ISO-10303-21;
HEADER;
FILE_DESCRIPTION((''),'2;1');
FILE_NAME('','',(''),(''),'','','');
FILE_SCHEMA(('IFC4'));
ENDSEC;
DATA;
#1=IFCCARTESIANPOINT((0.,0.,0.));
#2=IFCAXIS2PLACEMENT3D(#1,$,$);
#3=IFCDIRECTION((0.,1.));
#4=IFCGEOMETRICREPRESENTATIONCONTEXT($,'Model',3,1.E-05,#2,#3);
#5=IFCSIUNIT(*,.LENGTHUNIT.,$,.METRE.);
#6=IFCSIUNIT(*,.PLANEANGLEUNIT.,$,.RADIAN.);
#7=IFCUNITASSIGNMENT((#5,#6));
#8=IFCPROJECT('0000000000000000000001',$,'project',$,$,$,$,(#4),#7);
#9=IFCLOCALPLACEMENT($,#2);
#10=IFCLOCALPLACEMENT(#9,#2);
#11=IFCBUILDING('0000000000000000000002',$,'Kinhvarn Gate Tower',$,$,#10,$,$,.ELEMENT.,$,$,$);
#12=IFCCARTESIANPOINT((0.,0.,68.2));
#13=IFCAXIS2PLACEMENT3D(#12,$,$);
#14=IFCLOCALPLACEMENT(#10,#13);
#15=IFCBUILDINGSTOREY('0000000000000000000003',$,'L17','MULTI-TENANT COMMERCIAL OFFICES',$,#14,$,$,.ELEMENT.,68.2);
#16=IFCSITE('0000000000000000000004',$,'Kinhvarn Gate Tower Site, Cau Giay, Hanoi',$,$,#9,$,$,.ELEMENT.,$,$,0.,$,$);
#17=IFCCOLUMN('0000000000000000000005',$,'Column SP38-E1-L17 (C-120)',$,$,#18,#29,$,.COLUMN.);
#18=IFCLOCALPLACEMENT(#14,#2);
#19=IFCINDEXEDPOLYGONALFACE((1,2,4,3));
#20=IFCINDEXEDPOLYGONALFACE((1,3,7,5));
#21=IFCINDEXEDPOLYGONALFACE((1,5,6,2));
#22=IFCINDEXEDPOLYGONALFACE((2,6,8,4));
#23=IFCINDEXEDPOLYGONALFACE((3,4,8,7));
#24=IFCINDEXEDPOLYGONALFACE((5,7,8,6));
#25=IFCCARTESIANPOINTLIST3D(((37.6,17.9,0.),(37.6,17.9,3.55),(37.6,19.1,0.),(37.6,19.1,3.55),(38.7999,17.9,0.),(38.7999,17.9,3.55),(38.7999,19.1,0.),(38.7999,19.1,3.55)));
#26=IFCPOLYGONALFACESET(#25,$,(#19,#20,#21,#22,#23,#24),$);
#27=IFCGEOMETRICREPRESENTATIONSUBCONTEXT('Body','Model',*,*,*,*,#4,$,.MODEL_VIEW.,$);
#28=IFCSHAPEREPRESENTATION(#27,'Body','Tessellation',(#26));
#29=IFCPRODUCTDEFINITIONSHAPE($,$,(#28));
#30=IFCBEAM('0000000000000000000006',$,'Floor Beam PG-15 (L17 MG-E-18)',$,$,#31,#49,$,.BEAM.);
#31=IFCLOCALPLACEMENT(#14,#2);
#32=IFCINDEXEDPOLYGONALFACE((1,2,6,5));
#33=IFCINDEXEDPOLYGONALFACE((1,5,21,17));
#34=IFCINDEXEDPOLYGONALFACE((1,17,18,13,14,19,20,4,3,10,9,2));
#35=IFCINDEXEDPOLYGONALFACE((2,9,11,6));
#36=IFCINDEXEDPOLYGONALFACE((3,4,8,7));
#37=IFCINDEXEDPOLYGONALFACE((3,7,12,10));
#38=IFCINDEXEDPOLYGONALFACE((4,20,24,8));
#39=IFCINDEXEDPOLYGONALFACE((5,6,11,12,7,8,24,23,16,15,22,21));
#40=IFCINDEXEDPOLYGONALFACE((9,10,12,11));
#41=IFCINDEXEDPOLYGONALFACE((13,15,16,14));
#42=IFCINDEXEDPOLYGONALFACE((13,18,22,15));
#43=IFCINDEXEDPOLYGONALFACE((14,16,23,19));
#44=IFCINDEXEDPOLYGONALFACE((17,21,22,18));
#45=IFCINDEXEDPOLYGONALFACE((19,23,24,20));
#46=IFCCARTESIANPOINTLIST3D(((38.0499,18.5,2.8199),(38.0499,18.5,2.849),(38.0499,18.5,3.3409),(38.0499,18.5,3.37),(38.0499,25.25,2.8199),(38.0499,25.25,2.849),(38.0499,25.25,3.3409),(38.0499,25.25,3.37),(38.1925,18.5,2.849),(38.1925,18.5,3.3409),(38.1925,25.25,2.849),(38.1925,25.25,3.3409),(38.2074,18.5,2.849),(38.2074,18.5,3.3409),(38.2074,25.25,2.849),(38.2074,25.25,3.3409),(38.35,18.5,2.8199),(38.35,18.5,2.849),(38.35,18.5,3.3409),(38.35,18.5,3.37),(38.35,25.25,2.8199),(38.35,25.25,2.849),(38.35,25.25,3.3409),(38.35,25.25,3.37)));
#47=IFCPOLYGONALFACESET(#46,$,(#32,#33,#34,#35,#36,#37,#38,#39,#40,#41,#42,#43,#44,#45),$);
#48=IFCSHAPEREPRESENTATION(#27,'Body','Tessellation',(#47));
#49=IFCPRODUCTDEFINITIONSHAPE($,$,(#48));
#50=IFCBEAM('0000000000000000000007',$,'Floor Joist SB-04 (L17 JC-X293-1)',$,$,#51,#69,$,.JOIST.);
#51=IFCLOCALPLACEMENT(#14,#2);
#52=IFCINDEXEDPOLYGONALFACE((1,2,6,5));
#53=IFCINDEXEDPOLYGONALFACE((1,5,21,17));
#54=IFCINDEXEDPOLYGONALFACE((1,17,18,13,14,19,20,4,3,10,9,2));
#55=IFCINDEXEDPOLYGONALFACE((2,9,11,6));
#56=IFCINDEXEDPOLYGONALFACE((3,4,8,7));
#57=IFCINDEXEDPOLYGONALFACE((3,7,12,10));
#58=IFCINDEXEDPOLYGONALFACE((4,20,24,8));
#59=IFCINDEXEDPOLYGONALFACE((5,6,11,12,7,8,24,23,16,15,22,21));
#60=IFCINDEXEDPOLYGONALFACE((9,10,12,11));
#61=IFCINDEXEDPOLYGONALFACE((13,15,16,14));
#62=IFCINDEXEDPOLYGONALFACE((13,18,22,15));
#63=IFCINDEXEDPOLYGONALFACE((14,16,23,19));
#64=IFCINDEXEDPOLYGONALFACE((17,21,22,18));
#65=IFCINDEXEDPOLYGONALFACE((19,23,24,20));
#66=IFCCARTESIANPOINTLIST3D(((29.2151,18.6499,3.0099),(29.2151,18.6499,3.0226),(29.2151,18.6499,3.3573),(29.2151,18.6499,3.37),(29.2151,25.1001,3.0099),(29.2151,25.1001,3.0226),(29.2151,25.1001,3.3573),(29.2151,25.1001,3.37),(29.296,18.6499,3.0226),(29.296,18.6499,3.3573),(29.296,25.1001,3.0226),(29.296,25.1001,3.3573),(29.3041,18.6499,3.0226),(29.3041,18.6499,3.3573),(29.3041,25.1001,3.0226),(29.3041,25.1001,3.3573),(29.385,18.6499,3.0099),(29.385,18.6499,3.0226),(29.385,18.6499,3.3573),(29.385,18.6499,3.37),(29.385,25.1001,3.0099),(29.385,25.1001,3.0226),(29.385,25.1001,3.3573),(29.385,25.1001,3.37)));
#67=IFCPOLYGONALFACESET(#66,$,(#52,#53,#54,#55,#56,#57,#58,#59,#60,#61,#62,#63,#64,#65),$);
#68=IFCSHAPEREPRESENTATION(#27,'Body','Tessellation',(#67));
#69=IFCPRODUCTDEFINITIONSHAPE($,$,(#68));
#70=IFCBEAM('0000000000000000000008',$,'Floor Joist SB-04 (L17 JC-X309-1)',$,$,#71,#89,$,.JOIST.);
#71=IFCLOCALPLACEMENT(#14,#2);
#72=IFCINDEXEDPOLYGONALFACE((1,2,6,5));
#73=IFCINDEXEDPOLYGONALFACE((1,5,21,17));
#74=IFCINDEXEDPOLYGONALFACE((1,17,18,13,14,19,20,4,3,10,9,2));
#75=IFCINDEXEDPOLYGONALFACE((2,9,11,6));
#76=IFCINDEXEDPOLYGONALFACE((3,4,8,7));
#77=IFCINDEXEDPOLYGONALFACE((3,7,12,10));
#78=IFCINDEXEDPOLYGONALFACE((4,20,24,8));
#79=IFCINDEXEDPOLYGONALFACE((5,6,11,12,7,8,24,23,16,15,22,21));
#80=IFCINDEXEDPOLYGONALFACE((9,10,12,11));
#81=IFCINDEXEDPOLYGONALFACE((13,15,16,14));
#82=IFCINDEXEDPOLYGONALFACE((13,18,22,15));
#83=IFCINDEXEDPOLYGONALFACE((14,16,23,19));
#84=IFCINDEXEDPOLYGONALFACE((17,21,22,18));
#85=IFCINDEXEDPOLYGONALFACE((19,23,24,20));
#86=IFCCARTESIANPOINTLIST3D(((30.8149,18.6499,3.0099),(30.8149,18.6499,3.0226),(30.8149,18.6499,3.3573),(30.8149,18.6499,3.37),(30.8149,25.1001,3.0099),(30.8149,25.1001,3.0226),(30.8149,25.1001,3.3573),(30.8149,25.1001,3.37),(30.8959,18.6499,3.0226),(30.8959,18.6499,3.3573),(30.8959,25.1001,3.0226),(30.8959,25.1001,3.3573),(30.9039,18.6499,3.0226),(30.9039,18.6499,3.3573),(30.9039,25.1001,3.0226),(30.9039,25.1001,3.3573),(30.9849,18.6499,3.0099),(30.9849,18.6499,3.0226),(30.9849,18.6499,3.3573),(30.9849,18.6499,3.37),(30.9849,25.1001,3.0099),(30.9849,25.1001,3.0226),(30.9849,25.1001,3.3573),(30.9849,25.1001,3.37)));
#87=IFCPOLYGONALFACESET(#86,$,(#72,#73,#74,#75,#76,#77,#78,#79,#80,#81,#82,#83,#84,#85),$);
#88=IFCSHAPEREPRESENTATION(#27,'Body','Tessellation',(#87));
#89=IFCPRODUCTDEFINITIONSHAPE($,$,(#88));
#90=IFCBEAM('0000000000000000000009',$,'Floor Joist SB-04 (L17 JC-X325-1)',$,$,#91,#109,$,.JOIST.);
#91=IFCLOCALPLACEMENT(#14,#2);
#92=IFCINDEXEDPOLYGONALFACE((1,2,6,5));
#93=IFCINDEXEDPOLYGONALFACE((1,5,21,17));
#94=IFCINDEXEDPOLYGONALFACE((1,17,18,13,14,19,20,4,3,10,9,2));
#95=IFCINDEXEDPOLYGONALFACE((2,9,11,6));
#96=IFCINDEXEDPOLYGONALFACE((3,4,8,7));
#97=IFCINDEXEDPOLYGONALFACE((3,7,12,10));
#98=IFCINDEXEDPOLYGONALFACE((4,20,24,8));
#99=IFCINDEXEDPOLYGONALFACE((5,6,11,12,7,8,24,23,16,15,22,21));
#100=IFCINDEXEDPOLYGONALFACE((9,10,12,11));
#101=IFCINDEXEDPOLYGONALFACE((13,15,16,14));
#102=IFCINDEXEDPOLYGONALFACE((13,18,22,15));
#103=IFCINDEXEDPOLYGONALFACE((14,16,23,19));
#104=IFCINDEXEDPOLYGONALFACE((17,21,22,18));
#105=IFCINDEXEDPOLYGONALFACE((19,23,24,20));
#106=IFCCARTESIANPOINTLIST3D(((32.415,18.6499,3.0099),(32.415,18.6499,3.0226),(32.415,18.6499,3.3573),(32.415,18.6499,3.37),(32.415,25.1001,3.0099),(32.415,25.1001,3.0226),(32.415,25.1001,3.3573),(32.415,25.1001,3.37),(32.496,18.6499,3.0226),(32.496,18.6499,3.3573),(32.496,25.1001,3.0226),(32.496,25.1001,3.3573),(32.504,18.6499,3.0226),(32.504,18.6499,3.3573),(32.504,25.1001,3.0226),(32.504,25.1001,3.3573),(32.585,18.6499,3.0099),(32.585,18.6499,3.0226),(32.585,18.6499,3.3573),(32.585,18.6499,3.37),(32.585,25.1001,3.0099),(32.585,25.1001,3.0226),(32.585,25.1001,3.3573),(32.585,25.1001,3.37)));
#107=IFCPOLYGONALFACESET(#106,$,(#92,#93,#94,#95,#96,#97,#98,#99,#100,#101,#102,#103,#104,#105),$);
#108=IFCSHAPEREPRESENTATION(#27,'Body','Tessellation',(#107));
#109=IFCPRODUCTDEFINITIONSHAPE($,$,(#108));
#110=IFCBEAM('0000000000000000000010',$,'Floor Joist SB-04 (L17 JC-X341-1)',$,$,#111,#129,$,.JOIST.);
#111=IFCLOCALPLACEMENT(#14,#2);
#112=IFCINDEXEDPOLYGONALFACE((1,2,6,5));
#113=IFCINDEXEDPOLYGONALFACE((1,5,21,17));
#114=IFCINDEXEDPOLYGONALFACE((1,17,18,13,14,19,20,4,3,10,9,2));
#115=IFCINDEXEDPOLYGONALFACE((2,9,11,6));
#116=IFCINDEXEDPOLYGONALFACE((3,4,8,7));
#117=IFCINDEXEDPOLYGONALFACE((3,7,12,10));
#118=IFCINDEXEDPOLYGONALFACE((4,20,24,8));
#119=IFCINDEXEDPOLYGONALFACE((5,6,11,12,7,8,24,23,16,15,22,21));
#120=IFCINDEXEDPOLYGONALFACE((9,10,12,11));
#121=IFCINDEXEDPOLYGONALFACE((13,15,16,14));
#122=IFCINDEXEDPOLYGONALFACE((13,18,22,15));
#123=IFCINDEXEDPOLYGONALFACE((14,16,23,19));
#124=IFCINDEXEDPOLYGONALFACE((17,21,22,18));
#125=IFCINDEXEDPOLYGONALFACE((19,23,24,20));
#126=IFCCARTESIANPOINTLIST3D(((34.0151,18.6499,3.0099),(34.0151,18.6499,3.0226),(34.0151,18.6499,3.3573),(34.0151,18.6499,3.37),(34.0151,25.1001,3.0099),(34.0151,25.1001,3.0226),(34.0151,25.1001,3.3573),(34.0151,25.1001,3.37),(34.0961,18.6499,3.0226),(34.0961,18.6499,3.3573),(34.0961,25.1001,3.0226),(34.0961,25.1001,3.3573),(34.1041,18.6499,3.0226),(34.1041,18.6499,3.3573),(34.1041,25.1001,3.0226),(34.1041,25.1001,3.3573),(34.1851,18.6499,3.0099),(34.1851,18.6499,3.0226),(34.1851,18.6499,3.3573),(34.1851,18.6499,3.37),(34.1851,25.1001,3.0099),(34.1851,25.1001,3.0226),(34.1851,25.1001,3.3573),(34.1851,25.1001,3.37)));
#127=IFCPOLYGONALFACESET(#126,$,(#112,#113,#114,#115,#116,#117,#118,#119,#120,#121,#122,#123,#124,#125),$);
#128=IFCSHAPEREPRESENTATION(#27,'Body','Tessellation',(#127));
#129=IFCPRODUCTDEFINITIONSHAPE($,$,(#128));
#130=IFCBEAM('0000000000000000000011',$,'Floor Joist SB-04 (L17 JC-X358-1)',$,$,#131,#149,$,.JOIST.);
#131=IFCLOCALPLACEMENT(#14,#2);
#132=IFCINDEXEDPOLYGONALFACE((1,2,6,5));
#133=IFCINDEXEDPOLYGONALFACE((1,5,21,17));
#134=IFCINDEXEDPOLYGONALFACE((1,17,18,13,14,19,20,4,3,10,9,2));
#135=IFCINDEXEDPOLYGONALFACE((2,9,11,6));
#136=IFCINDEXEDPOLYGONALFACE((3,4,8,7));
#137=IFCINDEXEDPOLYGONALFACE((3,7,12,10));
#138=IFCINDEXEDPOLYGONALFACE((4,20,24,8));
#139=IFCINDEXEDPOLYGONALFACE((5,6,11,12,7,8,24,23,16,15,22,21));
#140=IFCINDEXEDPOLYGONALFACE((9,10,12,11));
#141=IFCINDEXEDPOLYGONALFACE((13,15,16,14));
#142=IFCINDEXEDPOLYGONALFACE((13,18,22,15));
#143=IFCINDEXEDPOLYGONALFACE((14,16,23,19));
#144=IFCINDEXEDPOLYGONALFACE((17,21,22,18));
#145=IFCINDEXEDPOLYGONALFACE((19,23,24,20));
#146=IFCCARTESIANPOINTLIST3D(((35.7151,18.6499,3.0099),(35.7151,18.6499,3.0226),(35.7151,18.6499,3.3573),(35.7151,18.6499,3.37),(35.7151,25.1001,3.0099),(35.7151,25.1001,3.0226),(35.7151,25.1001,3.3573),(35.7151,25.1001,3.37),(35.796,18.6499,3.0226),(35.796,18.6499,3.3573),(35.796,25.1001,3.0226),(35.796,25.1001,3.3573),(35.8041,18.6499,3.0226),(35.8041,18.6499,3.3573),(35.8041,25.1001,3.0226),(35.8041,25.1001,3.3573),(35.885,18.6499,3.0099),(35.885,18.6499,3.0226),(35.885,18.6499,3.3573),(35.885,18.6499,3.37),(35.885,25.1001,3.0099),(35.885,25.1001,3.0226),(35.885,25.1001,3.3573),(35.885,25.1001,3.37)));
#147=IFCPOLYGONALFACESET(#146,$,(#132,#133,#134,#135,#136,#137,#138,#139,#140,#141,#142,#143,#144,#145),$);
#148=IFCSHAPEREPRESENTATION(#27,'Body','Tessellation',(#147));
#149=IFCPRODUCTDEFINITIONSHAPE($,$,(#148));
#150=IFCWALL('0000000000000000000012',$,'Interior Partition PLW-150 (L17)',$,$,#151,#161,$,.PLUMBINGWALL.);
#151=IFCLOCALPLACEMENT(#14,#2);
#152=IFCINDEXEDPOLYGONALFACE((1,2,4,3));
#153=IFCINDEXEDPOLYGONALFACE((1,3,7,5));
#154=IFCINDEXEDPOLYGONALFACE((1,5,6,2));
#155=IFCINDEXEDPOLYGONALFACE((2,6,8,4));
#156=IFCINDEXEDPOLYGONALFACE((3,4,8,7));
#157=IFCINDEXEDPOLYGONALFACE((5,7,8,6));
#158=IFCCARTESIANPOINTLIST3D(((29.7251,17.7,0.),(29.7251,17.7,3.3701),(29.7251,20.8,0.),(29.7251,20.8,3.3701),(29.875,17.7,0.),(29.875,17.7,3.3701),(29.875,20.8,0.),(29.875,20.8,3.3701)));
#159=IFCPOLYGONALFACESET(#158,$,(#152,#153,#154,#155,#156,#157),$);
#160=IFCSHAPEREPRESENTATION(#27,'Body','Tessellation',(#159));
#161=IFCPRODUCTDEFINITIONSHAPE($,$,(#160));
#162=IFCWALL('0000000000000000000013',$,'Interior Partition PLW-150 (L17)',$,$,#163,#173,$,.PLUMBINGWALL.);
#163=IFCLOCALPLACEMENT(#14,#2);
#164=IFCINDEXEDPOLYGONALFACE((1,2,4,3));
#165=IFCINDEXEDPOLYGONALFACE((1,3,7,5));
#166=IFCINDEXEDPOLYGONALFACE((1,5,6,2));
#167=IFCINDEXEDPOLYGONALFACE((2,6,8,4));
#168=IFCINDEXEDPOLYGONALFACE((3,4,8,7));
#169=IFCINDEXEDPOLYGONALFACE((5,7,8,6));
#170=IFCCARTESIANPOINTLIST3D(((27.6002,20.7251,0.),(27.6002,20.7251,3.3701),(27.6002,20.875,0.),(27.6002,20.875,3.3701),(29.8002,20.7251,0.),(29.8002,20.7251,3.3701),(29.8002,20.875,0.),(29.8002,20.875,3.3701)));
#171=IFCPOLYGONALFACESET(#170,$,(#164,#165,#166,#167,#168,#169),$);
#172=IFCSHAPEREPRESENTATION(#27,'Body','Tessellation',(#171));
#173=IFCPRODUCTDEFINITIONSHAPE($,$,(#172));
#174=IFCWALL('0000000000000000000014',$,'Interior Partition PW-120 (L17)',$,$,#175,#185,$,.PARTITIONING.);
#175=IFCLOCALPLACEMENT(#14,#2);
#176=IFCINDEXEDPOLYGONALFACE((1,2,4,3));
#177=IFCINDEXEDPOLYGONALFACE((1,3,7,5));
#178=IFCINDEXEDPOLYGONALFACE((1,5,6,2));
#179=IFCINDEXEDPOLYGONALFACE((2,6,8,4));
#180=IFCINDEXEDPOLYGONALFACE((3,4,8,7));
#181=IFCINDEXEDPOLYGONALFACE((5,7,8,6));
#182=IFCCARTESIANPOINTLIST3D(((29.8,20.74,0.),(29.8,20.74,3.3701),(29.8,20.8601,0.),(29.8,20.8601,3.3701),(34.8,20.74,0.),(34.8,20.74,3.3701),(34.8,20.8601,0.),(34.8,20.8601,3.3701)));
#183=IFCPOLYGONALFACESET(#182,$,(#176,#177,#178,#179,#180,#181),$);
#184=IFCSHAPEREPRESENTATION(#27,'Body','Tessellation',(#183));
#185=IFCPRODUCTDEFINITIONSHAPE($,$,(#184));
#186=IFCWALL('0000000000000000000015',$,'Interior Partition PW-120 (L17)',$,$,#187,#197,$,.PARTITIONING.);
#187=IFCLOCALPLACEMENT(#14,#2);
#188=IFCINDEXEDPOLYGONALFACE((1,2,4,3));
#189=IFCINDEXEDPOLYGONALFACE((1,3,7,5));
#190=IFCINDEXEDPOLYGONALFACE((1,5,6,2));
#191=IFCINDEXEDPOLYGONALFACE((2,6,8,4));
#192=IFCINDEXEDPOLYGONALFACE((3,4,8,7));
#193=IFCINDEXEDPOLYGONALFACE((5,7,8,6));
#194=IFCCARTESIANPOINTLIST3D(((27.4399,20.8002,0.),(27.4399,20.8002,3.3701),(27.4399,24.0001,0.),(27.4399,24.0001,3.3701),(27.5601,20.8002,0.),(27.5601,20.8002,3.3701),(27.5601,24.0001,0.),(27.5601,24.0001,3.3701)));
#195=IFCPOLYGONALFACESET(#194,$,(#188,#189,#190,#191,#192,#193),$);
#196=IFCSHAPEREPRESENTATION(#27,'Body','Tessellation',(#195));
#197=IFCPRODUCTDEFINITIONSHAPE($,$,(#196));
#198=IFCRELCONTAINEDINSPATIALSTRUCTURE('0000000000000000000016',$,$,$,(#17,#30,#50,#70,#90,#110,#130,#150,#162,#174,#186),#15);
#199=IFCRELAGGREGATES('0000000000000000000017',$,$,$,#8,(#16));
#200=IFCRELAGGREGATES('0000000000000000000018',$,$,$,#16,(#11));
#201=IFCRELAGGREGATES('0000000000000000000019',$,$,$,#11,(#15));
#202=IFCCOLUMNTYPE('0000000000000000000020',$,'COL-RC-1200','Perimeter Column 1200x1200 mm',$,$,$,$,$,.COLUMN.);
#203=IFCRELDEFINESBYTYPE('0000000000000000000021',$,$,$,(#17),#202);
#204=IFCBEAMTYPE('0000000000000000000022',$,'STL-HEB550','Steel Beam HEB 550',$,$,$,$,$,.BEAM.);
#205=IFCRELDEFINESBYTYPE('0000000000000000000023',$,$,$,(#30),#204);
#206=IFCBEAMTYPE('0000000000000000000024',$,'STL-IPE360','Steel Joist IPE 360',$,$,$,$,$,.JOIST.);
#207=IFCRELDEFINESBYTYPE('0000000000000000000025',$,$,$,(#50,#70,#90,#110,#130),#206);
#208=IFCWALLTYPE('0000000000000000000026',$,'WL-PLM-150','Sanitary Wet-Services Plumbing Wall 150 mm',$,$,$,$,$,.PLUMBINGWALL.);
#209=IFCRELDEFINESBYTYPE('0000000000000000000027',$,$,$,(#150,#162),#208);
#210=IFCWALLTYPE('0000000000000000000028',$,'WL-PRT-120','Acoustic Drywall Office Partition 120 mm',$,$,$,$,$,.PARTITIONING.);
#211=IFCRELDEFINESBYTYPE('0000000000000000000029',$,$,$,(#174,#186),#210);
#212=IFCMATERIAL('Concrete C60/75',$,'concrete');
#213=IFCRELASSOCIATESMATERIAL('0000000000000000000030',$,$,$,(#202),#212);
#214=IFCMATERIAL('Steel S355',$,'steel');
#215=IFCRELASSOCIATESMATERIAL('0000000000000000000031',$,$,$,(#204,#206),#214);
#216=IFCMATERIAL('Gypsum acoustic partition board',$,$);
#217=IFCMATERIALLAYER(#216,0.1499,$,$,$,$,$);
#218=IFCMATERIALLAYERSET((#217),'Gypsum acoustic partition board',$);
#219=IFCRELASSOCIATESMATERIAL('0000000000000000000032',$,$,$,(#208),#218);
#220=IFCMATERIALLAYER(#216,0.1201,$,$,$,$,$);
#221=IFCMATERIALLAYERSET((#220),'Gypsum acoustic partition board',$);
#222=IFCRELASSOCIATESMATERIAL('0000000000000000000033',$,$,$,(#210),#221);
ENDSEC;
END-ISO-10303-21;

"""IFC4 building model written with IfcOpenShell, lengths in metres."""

from ifc_helpers import new_model, si_unit, direction, frame, frame_2d, origin, origin_2d, place, context, subcontext, project, spatial, rectangle, i_section, extrude, material, layer, layer_set, material_profile, profile_set, type_object, element, save


model = new_model("IFC4")

# Units and contexts
model_context = context("Model", 3, precision=1e-05, world=origin(), true_north=direction((0.0, 1.0)))
body_context = subcontext(model_context, "Body", "Model", "MODEL_VIEW")
ifc_project = project(units=[si_unit("LENGTHUNIT", "METRE"), si_unit("PLANEANGLEUNIT", "RADIAN")], contexts=[model_context])

# Site, building, storey
site_placement = place(None, origin())
site = spatial("IfcSite", under=ifc_project, at=site_placement, Name="Kinhvarn Gate Tower Site, Cau Giay, Hanoi", CompositionType="ELEMENT", RefElevation=0.0)
building_placement = place(site_placement, origin())
building = spatial("IfcBuilding", under=site, at=building_placement, Name="Kinhvarn Gate Tower", CompositionType="ELEMENT")
storey_placement = place(building_placement, frame((0.0, 0.0, 68.2)))
storey = spatial("IfcBuildingStorey", under=building, at=storey_placement, Name="L17", Description="MULTI-TENANT COMMERCIAL OFFICES", CompositionType="ELEMENT", Elevation=68.2)

# Column
ifc_material_1 = material(Name="Concrete C60/75", Category="concrete")
ifc_material_profile_1 = material_profile(ifc_material_1, rectangle(XDim=1.2, YDim=1.2, at=origin_2d()), Name="RC 1200x1200")
ifc_profile_set_1 = profile_set([ifc_material_profile_1], Name="Concrete C60/75")
column_type = type_object("IfcColumnType", Name="COL-RC-1200", Description="Perimeter Column 1200x1200 mm", PredefinedType="COLUMN", material=ifc_profile_set_1)
column_placement = place(storey_placement, frame((38.2, 18.5, 0.0), z_axis=(0.0, 0.0, 1.0), x_axis=(1.0, 0.0, 0.0)))
element("IfcColumn", 1, at=column_placement, inside=storey, type_object=column_type, Name="Column SP38-E1-L17 (C-120)", PredefinedType="COLUMN", context=body_context, shape_type="SweptSolid", body=[
    extrude(rectangle(XDim=1.2, YDim=1.2, at=origin_2d()), origin(), (0.0, 0.0, 1.0), 3.55),
])

# Beams
ifc_material_2 = material(Name="Steel S355", Category="steel")
ifc_material_profile_2 = material_profile(ifc_material_2, i_section(OverallWidth=0.3, OverallDepth=0.55, WebThickness=0.0149, FlangeThickness=0.0291, at=origin_2d()), Name="HEB 550")
ifc_profile_set_2 = profile_set([ifc_material_profile_2], Name="Steel S355")
beam_type_1 = type_object("IfcBeamType", Name="STL-HEB550", Description="Steel Beam HEB 550", PredefinedType="BEAM", material=ifc_profile_set_2)
beam_placement = place(storey_placement, frame((38.2, 18.5, 3.095), z_axis=(0.0, 1.0, 0.0), x_axis=(-1.0, 0.0, 0.0)))
element("IfcBeam", 2, at=beam_placement, inside=storey, type_object=beam_type_1, Name="Floor Beam PG-15 (L17 MG-E-18)", PredefinedType="BEAM", context=body_context, shape_type="SweptSolid", body=[
    extrude(i_section(OverallWidth=0.3, OverallDepth=0.55, WebThickness=0.0149, FlangeThickness=0.0291, at=origin_2d()), origin(), (0.0, 0.0, 1.0), 6.75),
])
ifc_material_profile_3 = material_profile(ifc_material_2, i_section(OverallWidth=0.1699, OverallDepth=0.3601, WebThickness=0.0081, FlangeThickness=0.0127, at=origin_2d()), Name="IPE 360")
ifc_profile_set_3 = profile_set([ifc_material_profile_3], Name="Steel S355")
beam_type_2 = type_object("IfcBeamType", Name="STL-IPE360", Description="Steel Joist IPE 360", PredefinedType="JOIST", material=ifc_profile_set_3)
for number, where, z_axis, x_axis, name in (
    (3, (29.3, 18.6499, 3.1899), (0.0, 1.0, 0.0), (-1.0, 0.0, 0.0), "Floor Joist SB-04 (L17 JC-X293-1)"),
    (4, (30.8999, 18.6499, 3.1899), (0.0, 1.0, 0.0), (-1.0, 0.0, 0.0), "Floor Joist SB-04 (L17 JC-X309-1)"),
    (5, (32.5, 18.6499, 3.1899), (0.0, 1.0, 0.0), (-1.0, 0.0, 0.0), "Floor Joist SB-04 (L17 JC-X325-1)"),
    (6, (34.1001, 18.6499, 3.1899), (0.0, 1.0, 0.0), (-1.0, 0.0, 0.0), "Floor Joist SB-04 (L17 JC-X341-1)"),
    (7, (35.8, 18.6499, 3.1899), (0.0, 1.0, 0.0), (-1.0, 0.0, 0.0), "Floor Joist SB-04 (L17 JC-X358-1)"),
):
    element("IfcBeam", number, at=place(storey_placement, frame(where, z_axis=z_axis, x_axis=x_axis)), inside=storey, type_object=beam_type_2, Name=name, PredefinedType="JOIST", context=body_context, shape_type="SweptSolid", body=[
        extrude(i_section(OverallWidth=0.1699, OverallDepth=0.3601, WebThickness=0.0081, FlangeThickness=0.0127, at=origin_2d()), origin(), (0.0, 0.0, 1.0), 6.4502),
    ])

# Walls
ifc_material_3 = material(Name="Gypsum acoustic partition board")
ifc_layer_1 = layer(ifc_material_3, 0.1499)
ifc_layer_set_1 = layer_set([ifc_layer_1], Name="Gypsum acoustic partition board")
wall_type_1 = type_object("IfcWallType", Name="WL-PLM-150", Description="Sanitary Wet-Services Plumbing Wall 150 mm", PredefinedType="PLUMBINGWALL", material=ifc_layer_set_1)
wall_1_placement = place(storey_placement, frame((29.8, 17.7, 0.0), z_axis=(0.0, 0.0, 1.0), x_axis=(0.0, 1.0, 0.0)))
element("IfcWall", 8, at=wall_1_placement, inside=storey, type_object=wall_type_1, Name="Interior Partition PLW-150 (L17)", PredefinedType="PLUMBINGWALL", context=body_context, shape_type="SweptSolid", body=[
    extrude(rectangle(XDim=3.1001, YDim=0.1499, at=frame_2d((1.55, 0.0))), origin(), (0.0, 0.0, 1.0), 3.3701),
])
wall_2_placement = place(storey_placement, frame((27.6001, 20.8, 0.0), z_axis=(0.0, 0.0, 1.0), x_axis=(1.0, 0.0, 0.0)))
element("IfcWall", 9, at=wall_2_placement, inside=storey, type_object=wall_type_1, Name="Interior Partition PLW-150 (L17)", PredefinedType="PLUMBINGWALL", context=body_context, shape_type="SweptSolid", body=[
    extrude(rectangle(XDim=2.2, YDim=0.1499, at=frame_2d((1.1001, 0.0))), origin(), (0.0, 0.0, 1.0), 3.3701),
])
ifc_layer_2 = layer(ifc_material_3, 0.1201)
ifc_layer_set_2 = layer_set([ifc_layer_2], Name="Gypsum acoustic partition board")
wall_type_2 = type_object("IfcWallType", Name="WL-PRT-120", Description="Acoustic Drywall Office Partition 120 mm", PredefinedType="PARTITIONING", material=ifc_layer_set_2)
wall_3_placement = place(storey_placement, frame((29.8, 20.8, 0.0), z_axis=(0.0, 0.0, 1.0), x_axis=(1.0, 0.0, 0.0)))
element("IfcWall", 10, at=wall_3_placement, inside=storey, type_object=wall_type_2, Name="Interior Partition PW-120 (L17)", PredefinedType="PARTITIONING", context=body_context, shape_type="SweptSolid", body=[
    extrude(rectangle(XDim=5.0, YDim=0.1201, at=frame_2d((2.5, 0.0))), origin(), (0.0, 0.0, 1.0), 3.3701),
])
wall_4_placement = place(storey_placement, frame((27.5, 20.8, 0.0), z_axis=(0.0, 0.0, 1.0), x_axis=(0.0, 1.0, 0.0)))
element("IfcWall", 11, at=wall_4_placement, inside=storey, type_object=wall_type_2, Name="Interior Partition PW-120 (L17)", PredefinedType="PARTITIONING", context=body_context, shape_type="SweptSolid", body=[
    extrude(rectangle(XDim=3.2, YDim=0.1201, at=frame_2d((1.6001, 0.0))), origin(), (0.0, 0.0, 1.0), 3.3701),
])

save(model, "model.ifc")
